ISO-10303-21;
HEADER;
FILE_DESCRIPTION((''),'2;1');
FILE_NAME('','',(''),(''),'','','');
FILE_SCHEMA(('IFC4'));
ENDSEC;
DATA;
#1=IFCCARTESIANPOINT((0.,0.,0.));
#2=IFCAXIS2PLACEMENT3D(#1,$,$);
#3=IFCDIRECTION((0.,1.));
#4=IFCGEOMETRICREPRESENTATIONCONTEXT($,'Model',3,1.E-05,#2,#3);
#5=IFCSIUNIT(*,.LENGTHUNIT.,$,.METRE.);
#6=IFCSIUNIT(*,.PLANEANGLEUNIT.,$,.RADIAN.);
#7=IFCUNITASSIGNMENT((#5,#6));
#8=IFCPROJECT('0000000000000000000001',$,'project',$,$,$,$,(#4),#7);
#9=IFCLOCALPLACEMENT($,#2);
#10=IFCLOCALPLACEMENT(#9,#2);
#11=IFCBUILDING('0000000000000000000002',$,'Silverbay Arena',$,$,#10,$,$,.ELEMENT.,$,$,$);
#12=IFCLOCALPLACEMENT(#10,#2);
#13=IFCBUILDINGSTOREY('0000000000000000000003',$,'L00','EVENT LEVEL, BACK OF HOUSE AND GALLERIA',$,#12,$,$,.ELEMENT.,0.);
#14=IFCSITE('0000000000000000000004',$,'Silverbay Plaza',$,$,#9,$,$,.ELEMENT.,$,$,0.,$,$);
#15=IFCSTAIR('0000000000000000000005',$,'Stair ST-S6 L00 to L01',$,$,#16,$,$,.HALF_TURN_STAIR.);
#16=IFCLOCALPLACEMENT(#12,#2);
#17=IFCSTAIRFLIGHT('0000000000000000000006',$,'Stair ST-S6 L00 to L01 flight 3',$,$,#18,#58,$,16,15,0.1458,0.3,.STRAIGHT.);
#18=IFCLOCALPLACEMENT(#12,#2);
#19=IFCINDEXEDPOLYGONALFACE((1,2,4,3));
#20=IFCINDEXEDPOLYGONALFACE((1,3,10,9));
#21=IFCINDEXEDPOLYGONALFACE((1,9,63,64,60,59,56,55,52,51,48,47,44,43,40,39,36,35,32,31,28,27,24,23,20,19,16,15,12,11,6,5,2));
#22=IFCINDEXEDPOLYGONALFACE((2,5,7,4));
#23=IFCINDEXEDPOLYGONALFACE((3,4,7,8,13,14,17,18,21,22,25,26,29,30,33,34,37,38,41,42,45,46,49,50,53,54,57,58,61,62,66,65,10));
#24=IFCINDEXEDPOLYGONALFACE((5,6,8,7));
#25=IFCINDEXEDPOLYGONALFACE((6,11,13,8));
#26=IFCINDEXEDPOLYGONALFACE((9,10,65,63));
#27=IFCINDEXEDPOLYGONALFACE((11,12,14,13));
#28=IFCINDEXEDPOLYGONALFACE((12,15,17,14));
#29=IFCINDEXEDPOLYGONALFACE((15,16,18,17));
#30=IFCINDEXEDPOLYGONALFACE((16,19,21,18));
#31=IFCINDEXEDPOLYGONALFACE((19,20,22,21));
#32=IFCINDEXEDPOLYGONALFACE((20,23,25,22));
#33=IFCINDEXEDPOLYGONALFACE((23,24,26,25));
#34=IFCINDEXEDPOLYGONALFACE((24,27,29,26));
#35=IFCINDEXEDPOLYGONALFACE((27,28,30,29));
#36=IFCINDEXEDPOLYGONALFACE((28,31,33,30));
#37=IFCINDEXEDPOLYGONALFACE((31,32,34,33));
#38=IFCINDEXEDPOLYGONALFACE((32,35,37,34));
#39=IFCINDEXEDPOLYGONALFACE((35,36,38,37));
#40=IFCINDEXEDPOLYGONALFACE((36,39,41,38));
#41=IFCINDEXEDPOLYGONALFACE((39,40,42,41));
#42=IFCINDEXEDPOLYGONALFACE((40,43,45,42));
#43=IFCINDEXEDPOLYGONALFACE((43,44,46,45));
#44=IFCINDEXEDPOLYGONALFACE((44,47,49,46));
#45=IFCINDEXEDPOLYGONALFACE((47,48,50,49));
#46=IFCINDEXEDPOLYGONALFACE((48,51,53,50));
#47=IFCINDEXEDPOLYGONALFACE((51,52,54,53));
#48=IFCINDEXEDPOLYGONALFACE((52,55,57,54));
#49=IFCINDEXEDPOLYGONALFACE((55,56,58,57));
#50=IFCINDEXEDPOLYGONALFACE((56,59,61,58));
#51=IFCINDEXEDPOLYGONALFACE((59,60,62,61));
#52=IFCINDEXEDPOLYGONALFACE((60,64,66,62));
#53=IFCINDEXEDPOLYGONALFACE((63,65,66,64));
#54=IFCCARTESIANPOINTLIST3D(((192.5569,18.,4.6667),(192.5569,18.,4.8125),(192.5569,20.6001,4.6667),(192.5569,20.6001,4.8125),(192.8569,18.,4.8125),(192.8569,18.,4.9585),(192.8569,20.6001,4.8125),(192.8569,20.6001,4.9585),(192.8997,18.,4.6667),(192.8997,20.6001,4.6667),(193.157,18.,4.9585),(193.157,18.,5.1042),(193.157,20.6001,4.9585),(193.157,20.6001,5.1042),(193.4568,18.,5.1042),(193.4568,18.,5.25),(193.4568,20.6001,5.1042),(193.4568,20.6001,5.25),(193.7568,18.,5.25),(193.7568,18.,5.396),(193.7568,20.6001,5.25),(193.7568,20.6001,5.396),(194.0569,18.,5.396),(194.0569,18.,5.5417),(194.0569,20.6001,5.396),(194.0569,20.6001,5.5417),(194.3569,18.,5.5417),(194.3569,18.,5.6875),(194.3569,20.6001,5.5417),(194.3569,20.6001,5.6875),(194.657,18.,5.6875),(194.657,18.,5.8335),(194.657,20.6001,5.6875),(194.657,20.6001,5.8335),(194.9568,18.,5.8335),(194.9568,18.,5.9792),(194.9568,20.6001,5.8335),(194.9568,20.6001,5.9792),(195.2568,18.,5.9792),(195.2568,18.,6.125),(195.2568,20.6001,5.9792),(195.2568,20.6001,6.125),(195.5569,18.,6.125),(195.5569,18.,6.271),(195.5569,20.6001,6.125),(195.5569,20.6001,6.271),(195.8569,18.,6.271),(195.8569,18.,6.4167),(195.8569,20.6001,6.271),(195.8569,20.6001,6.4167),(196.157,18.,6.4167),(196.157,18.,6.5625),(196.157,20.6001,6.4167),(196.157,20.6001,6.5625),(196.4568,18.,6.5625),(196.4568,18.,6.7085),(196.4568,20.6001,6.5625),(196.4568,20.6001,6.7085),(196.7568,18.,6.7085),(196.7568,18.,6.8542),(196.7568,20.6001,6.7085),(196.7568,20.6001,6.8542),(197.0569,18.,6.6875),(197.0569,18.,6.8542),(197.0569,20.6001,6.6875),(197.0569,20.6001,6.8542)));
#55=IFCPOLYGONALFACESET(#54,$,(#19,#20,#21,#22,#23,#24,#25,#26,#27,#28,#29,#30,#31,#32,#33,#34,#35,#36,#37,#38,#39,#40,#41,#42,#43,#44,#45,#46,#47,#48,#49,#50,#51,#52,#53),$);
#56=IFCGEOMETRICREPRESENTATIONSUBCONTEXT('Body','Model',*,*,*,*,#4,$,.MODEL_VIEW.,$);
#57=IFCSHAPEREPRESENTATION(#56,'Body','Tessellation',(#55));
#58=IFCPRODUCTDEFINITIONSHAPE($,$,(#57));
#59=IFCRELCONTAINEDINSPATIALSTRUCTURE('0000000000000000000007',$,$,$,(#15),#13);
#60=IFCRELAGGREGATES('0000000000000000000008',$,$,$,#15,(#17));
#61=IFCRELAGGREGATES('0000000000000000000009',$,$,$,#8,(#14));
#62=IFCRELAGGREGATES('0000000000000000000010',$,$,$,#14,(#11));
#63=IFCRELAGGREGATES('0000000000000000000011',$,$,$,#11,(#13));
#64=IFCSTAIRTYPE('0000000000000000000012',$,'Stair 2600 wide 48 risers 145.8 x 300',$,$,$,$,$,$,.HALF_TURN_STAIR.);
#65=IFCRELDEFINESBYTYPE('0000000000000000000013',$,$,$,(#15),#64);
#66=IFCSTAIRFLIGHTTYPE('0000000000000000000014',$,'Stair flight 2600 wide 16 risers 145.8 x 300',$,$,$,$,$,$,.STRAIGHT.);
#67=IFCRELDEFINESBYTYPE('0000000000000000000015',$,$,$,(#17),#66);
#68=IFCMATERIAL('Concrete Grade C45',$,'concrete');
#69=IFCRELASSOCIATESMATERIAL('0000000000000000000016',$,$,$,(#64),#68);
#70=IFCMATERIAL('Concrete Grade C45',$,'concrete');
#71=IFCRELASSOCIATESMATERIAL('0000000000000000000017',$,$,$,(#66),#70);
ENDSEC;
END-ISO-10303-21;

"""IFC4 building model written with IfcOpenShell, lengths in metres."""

from ifc_helpers import new_model, si_unit, direction, frame, origin, place, context, subcontext, project, spatial, polyline, outline, extrude, material, type_object, element, aggregate, save


model = new_model("IFC4")

# Units and contexts
model_context = context("Model", 3, precision=1e-05, world=origin(), true_north=direction((0.0, 1.0)))
body_context = subcontext(model_context, "Body", "Model", "MODEL_VIEW")
ifc_project = project(units=[si_unit("LENGTHUNIT", "METRE"), si_unit("PLANEANGLEUNIT", "RADIAN")], contexts=[model_context])

# Site, building, storey
site_placement = place(None, origin())
site = spatial("IfcSite", under=ifc_project, at=site_placement, Name="Silverbay Plaza", CompositionType="ELEMENT", RefElevation=0.0)
building_placement = place(site_placement, origin())
building = spatial("IfcBuilding", under=site, at=building_placement, Name="Silverbay Arena", CompositionType="ELEMENT")
storey_placement = place(building_placement, origin())
storey = spatial("IfcBuildingStorey", under=building, at=storey_placement, Name="L00", Description="EVENT LEVEL, BACK OF HOUSE AND GALLERIA", CompositionType="ELEMENT", Elevation=0.0)

# Stair, stair flight
ifc_material_1 = material(Name="Concrete Grade C45", Category="concrete")
stair_type = type_object("IfcStairType", Name="Stair 2600 wide 48 risers 145.8 x 300", PredefinedType="HALF_TURN_STAIR", material=ifc_material_1)
stair_placement = place(storey_placement, origin())
stair = element("IfcStair", 1, at=stair_placement, inside=storey, type_object=stair_type, Name="Stair ST-S6 L00 to L01", PredefinedType="HALF_TURN_STAIR")
ifc_material_2 = material(Name="Concrete Grade C45", Category="concrete")
stair_flight_type = type_object("IfcStairFlightType", Name="Stair flight 2600 wide 16 risers 145.8 x 300", PredefinedType="STRAIGHT", material=ifc_material_2)
stair_flight_1_placement = place(storey_placement, frame((192.5569, 19.3, 4.6667), z_axis=(0.0, 0.0, 1.0), x_axis=(1.0, 0.0, 0.0)))
stair_flight_1 = element("IfcStairFlight", 2, at=stair_flight_1_placement, type_object=stair_flight_type, Name="Stair ST-S6 L00 to L01 flight 3", NumberOfRisers=16, NumberOfTreads=15, PredefinedType="STRAIGHT", RiserHeight=0.1458, TreadLength=0.3, context=body_context, shape_type="SweptSolid", body=[
    extrude(outline(polyline([(0.0, 0.0), (0.0, 0.1458), (0.3, 0.1458), (0.3, 0.2917), (0.6001, 0.2917), (0.6001, 0.4375), (0.8999, 0.4375), (0.8999, 0.5833), (1.2, 0.5833), (1.2, 0.7292), (1.5, 0.7292), (1.5, 0.875), (1.8, 0.875), (1.8, 1.0208), (2.1001, 1.0208), (2.1001, 1.1667), (2.3999, 1.1667), (2.3999, 1.3125), (2.7, 1.3125), (2.7, 1.4583), (3.0, 1.4583), (3.0, 1.6042), (3.3, 1.6042), (3.3, 1.75), (3.6001, 1.75), (3.6001, 1.8958), (3.8999, 1.8958), (3.8999, 2.0417), (4.2, 2.0417), (4.2, 2.1875), (4.5, 2.1875), (4.5, 2.0208), (0.3428, 0.0), (0.0, 0.0)])), frame((0.0, 1.3, 0.0), z_axis=(0.0, -1.0, 0.0), x_axis=(1.0, 0.0, 0.0)), (0.0, 0.0, 1.0), 2.6001),
])
aggregate(stair, [stair_flight_1])

save(model, "model.ifc")
